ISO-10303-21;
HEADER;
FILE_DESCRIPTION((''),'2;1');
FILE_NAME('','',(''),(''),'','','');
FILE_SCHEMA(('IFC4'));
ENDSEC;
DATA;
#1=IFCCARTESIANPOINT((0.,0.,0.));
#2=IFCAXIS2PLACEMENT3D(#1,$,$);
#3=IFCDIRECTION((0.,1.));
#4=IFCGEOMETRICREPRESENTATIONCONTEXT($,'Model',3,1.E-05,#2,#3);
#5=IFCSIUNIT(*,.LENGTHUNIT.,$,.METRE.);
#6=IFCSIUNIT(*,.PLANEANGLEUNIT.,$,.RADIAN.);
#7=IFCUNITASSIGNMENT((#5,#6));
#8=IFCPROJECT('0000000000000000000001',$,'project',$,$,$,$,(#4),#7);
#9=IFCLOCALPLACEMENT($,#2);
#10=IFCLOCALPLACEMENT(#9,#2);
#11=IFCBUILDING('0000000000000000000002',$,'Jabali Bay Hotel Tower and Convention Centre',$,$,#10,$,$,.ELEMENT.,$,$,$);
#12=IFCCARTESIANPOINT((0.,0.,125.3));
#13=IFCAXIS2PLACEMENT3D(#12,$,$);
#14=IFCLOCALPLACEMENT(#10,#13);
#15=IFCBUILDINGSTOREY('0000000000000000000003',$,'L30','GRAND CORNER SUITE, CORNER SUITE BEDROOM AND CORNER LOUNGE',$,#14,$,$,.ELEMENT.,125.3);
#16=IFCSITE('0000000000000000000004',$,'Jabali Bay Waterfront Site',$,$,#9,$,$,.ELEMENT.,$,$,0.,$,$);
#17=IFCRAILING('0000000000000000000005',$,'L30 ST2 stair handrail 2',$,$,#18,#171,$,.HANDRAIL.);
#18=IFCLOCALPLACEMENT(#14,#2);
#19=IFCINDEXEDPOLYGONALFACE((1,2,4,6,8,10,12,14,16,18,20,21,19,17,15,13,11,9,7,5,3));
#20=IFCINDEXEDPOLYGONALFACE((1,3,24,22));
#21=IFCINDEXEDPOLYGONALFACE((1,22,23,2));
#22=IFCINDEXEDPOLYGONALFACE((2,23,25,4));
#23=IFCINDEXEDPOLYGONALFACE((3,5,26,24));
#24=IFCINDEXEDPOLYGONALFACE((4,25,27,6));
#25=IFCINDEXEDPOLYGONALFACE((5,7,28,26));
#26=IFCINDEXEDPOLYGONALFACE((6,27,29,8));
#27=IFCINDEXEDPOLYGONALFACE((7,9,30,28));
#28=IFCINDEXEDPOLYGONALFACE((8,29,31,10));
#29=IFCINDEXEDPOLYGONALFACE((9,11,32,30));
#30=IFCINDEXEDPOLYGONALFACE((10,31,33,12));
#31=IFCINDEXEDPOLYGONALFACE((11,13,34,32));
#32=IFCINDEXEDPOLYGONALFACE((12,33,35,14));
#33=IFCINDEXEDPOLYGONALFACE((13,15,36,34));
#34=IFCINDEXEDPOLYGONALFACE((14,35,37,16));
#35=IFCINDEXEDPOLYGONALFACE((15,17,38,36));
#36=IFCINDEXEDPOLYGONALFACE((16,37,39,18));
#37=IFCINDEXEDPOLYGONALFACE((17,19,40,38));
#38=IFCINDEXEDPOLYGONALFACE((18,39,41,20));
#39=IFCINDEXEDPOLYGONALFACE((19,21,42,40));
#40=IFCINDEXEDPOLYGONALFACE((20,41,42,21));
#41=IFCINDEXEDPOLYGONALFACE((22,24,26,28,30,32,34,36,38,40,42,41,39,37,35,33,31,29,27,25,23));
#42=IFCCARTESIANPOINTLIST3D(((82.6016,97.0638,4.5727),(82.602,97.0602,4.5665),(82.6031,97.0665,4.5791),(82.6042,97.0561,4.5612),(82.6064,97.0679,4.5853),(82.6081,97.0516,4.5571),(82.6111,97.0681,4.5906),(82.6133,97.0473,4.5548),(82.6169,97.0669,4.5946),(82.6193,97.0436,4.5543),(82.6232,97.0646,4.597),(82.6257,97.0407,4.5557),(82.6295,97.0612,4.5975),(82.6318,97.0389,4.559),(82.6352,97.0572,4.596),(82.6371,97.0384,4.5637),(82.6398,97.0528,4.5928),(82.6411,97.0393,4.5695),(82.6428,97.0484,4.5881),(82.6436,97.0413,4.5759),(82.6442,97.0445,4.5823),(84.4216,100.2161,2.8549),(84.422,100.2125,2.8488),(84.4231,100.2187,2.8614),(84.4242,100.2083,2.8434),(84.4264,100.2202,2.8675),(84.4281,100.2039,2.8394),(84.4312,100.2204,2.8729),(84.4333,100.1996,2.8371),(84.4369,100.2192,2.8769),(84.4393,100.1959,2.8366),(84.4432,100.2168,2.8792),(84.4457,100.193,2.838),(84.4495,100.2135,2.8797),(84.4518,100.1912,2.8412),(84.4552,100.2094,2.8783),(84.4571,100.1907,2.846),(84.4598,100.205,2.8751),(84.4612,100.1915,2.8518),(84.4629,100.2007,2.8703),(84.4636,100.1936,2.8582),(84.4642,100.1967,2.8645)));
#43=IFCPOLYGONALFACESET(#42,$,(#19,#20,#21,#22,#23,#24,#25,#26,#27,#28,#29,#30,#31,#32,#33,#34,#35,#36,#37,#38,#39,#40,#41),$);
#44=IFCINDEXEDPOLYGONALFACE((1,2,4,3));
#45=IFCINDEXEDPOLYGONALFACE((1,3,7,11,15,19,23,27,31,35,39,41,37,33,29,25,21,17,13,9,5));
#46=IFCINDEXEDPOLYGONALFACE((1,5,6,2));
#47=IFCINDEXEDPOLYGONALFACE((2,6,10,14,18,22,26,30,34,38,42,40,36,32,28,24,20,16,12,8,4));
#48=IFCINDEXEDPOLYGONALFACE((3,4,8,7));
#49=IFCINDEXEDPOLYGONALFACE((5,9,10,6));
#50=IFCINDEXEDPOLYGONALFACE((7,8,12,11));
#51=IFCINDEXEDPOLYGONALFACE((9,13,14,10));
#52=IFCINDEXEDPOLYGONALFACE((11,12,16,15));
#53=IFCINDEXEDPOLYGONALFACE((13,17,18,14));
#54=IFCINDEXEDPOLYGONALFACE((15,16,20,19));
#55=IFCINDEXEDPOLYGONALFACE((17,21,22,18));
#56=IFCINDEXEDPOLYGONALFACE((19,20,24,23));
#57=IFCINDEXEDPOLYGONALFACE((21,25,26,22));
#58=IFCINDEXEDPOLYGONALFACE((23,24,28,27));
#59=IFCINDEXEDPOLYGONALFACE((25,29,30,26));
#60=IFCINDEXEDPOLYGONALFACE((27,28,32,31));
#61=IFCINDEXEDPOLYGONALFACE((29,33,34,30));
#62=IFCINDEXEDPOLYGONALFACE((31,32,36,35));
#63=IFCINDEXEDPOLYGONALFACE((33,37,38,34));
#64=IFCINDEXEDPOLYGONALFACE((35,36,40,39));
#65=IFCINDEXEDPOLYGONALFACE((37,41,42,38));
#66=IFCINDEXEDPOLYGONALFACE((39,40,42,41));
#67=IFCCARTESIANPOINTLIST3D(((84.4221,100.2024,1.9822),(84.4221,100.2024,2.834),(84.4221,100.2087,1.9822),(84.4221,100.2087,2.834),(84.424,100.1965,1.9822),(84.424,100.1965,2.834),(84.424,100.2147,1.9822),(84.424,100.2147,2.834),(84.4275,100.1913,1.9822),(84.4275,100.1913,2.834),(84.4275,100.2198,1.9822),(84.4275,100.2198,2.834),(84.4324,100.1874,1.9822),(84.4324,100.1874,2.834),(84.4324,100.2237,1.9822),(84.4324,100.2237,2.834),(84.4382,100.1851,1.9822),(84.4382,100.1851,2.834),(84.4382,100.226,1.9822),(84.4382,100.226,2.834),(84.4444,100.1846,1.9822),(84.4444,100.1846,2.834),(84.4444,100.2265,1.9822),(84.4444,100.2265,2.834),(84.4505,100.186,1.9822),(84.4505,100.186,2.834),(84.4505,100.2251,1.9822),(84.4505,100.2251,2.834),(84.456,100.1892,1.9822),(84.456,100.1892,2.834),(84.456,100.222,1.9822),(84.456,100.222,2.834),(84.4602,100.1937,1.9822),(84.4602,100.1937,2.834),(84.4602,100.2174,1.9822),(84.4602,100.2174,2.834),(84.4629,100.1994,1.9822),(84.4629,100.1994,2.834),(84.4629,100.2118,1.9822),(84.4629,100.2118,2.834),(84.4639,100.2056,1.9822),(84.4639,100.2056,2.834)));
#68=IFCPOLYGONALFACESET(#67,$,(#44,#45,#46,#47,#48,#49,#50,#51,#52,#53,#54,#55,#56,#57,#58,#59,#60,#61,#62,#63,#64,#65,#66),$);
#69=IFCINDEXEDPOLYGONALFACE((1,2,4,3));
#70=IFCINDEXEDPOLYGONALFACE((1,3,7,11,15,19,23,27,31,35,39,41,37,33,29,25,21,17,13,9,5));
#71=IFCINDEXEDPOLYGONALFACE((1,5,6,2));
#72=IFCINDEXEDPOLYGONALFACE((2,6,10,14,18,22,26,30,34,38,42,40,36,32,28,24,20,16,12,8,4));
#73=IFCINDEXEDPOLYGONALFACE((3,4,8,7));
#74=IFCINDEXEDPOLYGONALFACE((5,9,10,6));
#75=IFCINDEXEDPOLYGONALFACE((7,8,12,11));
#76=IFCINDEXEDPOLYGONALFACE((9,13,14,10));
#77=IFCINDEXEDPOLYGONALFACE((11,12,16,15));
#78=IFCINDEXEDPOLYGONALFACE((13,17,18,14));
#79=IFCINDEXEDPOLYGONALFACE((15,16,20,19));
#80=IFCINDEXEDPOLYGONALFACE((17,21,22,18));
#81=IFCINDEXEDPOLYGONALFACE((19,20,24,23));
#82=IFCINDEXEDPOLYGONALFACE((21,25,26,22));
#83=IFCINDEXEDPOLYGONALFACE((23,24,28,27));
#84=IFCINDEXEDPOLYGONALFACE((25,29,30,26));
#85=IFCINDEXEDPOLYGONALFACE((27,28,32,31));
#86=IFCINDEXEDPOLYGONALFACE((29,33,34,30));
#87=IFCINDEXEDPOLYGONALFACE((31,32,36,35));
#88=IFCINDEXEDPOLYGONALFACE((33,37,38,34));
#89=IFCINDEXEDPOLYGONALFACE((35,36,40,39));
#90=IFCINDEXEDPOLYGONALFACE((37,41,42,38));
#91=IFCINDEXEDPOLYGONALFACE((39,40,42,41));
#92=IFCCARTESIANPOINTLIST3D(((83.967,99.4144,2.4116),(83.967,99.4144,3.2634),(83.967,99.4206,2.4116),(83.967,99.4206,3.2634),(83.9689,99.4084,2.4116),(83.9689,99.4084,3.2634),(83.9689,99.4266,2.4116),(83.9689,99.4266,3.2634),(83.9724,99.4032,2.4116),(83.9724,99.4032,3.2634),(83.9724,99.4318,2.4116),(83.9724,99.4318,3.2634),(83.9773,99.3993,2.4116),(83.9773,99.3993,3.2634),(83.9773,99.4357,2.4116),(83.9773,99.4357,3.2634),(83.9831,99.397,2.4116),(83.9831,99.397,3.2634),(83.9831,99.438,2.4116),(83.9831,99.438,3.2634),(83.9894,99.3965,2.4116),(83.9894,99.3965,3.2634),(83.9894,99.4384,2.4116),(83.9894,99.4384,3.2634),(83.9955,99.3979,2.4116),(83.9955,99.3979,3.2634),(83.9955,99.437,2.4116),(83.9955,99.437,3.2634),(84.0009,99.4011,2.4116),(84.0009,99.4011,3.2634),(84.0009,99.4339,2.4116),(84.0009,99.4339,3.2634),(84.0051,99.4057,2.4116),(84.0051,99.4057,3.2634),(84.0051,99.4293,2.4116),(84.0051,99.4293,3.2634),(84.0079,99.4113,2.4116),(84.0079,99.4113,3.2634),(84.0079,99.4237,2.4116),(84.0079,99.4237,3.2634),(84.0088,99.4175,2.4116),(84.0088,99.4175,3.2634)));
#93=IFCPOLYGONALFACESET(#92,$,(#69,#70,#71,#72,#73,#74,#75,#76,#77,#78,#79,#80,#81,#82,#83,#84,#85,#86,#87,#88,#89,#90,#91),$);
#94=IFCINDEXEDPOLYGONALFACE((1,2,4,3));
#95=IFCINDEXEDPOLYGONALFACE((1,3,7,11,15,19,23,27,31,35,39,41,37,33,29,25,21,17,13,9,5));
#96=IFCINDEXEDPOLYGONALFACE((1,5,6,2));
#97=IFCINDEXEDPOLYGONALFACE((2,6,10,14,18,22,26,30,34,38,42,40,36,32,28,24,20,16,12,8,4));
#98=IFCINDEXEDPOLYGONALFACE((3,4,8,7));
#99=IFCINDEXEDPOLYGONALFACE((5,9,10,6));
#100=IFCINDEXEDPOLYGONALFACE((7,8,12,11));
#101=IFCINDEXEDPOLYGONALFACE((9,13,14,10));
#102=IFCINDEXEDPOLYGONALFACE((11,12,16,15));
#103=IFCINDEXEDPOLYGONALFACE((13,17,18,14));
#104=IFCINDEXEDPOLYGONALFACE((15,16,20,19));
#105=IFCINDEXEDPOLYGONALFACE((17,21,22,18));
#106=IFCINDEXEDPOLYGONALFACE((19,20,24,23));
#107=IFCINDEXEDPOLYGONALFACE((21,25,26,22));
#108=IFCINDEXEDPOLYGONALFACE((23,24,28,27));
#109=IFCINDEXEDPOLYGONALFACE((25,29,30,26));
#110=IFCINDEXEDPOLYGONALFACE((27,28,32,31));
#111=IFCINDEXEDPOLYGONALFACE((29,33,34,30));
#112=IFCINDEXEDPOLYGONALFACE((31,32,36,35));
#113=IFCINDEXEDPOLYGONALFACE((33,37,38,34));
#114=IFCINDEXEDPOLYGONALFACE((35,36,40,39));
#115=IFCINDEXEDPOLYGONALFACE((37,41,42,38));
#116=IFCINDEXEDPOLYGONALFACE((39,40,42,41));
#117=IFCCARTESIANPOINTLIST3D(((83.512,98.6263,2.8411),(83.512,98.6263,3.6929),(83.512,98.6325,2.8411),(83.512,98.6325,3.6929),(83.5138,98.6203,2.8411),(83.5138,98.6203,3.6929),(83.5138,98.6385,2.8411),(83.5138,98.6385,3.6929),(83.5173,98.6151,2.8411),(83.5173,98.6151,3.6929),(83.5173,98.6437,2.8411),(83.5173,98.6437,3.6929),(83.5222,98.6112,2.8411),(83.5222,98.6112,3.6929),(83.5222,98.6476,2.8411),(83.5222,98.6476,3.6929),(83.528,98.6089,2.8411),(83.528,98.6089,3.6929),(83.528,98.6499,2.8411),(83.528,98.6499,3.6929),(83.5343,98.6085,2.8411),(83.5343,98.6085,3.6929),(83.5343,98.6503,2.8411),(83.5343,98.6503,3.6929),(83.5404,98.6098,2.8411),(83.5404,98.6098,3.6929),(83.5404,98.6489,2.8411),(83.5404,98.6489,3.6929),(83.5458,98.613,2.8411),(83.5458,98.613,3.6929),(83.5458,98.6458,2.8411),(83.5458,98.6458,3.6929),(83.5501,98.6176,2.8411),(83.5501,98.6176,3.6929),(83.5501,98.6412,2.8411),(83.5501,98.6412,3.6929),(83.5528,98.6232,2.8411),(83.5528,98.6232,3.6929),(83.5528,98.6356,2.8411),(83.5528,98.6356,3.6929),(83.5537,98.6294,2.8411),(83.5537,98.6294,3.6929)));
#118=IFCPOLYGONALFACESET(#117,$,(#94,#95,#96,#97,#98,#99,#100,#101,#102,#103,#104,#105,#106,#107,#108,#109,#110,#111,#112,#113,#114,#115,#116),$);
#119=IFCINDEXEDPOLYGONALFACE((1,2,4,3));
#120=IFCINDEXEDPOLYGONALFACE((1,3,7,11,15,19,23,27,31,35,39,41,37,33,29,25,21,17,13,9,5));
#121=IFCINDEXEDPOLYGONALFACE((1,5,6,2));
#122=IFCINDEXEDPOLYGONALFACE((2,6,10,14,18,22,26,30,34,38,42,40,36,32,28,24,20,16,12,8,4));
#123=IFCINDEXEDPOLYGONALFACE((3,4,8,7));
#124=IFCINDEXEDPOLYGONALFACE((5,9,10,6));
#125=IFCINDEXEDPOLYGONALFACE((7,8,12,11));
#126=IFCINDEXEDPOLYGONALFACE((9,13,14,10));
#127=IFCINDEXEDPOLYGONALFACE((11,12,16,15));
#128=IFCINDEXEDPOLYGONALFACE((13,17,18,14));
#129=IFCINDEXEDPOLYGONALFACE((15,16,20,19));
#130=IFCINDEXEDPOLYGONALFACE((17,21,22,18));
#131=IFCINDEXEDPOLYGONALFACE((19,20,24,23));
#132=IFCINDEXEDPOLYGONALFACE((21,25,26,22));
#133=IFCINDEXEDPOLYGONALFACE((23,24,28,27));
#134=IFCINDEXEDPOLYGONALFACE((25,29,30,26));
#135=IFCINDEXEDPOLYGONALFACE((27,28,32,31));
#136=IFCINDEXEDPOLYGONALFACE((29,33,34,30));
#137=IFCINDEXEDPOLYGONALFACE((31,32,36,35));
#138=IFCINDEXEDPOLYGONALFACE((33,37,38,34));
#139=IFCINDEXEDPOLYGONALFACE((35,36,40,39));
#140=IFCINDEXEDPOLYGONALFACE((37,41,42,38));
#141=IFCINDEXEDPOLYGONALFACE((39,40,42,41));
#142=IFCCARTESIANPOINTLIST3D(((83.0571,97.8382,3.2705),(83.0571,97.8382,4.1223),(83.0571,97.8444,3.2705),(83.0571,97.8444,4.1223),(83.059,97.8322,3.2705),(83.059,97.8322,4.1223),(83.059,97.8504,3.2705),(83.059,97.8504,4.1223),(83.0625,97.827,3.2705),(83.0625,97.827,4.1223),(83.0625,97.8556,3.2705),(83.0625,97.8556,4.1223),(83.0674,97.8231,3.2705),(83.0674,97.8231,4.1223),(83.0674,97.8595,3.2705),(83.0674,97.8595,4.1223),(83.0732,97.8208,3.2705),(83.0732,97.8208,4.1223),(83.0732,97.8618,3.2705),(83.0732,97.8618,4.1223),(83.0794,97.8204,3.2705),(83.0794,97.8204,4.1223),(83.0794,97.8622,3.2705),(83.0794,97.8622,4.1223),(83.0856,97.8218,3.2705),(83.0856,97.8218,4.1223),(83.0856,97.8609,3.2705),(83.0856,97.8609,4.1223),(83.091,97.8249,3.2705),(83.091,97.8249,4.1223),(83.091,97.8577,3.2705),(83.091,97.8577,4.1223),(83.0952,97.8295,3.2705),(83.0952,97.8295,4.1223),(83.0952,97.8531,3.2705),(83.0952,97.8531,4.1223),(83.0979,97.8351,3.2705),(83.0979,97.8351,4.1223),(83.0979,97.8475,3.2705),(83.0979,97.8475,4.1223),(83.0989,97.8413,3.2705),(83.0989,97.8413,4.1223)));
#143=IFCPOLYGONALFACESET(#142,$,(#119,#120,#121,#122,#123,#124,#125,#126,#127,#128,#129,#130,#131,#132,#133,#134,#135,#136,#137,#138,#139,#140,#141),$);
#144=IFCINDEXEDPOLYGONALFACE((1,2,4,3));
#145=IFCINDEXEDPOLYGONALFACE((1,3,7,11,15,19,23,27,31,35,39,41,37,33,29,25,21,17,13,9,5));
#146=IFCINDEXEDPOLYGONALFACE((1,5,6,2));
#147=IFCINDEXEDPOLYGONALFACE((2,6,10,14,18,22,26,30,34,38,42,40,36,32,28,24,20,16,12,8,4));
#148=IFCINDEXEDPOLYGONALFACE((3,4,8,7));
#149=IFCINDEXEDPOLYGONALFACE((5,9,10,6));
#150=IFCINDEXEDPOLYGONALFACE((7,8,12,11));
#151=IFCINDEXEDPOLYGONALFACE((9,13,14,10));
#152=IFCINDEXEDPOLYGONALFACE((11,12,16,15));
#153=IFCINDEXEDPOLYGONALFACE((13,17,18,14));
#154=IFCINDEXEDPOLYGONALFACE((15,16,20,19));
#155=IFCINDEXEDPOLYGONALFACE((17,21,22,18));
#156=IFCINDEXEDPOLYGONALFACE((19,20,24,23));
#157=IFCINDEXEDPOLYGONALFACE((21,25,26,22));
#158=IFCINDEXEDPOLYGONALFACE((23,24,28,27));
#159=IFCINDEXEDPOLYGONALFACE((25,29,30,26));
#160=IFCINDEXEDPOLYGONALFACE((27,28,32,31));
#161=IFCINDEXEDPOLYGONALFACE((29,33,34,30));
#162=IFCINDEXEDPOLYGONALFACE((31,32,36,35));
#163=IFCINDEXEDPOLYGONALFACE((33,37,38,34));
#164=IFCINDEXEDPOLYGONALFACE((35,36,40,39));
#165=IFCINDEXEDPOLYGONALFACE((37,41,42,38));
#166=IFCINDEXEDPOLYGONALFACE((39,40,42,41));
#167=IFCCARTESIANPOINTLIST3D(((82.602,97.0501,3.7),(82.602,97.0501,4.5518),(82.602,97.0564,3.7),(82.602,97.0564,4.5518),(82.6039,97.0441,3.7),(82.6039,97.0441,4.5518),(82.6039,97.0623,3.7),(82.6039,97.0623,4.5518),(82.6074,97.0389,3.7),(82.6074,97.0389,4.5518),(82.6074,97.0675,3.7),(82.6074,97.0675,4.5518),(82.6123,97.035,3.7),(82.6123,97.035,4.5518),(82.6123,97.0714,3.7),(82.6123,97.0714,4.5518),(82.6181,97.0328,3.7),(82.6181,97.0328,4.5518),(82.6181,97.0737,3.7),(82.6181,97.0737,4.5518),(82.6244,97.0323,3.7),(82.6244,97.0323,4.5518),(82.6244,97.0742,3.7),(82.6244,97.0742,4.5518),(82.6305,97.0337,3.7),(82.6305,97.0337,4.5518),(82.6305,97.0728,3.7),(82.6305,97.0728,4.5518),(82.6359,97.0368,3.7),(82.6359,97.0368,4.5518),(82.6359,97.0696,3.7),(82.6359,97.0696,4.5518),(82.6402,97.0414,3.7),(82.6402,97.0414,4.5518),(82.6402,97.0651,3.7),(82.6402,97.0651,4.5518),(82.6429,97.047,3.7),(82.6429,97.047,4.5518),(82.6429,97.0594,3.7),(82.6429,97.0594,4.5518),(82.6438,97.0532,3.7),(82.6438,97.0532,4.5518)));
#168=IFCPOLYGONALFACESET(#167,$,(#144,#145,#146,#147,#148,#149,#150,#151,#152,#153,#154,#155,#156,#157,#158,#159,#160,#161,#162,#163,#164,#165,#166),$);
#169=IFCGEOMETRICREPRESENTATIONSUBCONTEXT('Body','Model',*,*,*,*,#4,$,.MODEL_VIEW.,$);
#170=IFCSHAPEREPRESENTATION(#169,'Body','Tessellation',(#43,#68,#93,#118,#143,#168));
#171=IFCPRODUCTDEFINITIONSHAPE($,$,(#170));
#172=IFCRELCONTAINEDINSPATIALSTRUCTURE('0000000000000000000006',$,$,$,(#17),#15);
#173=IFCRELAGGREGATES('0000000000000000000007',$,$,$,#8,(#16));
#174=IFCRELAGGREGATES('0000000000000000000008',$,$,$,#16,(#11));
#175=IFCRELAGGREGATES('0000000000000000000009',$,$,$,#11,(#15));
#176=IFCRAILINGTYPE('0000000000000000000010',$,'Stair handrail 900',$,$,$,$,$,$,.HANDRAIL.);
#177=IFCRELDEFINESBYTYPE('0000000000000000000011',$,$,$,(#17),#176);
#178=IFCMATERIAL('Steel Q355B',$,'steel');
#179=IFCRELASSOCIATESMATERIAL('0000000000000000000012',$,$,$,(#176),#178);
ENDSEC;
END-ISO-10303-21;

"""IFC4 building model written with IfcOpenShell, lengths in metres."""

from ifc_helpers import new_model, si_unit, direction, frame, origin, origin_2d, place, context, subcontext, project, spatial, circle, extrude, material, type_object, element, save


model = new_model("IFC4")

# Units and contexts
model_context = context("Model", 3, precision=1e-05, world=origin(), true_north=direction((0.0, 1.0)))
body_context = subcontext(model_context, "Body", "Model", "MODEL_VIEW")
ifc_project = project(units=[si_unit("LENGTHUNIT", "METRE"), si_unit("PLANEANGLEUNIT", "RADIAN")], contexts=[model_context])

# Site, building, storey
site_placement = place(None, origin())
site = spatial("IfcSite", under=ifc_project, at=site_placement, Name="Jabali Bay Waterfront Site", CompositionType="ELEMENT", RefElevation=0.0)
building_placement = place(site_placement, origin())
building = spatial("IfcBuilding", under=site, at=building_placement, Name="Jabali Bay Hotel Tower and Convention Centre", CompositionType="ELEMENT")
storey_placement = place(building_placement, frame((0.0, 0.0, 125.3)))
storey = spatial("IfcBuildingStorey", under=building, at=storey_placement, Name="L30", Description="GRAND CORNER SUITE, CORNER SUITE BEDROOM AND CORNER LOUNGE", CompositionType="ELEMENT", Elevation=125.3)

# Railing
ifc_material_1 = material(Name="Steel Q355B", Category="steel")
railing_type_1 = type_object("IfcRailingType", Name="Stair handrail 900", PredefinedType="HANDRAIL", material=ifc_material_1)
railing_1_placement = place(storey_placement, frame((84.4429, 100.2056, 1.9822)))
element("IfcRailing", 1, at=railing_1_placement, inside=storey, type_object=railing_type_1, Name="L30 ST2 stair handrail 2", PredefinedType="HANDRAIL", context=body_context, shape_type="SweptSolid", body=[
    extrude(circle(Radius=0.0239, at=origin_2d()), frame((0.0, 0.0, 0.876), z_axis=(-0.45219, -0.78319, 0.426775), x_axis=(0.866018, -0.500013, 0.0)), (0.0, 0.0, 1.0), 4.0249),
    extrude(circle(Radius=0.021, at=origin_2d()), origin(), (0.0, 0.0, 1.0), 0.8518),
    extrude(circle(Radius=0.021, at=origin_2d()), frame((-0.4551, -0.7881, 0.4294)), (0.0, 0.0, 1.0), 0.8518),
    extrude(circle(Radius=0.021, at=origin_2d()), frame((-0.9102, -1.5762, 0.8589)), (0.0, 0.0, 1.0), 0.8518),
    extrude(circle(Radius=0.021, at=origin_2d()), frame((-1.365, -2.3643, 1.2883)), (0.0, 0.0, 1.0), 0.8518),
    extrude(circle(Radius=0.021, at=origin_2d()), frame((-1.8201, -3.1523, 1.7178)), (0.0, 0.0, 1.0), 0.8518),
])

save(model, "model.ifc")
